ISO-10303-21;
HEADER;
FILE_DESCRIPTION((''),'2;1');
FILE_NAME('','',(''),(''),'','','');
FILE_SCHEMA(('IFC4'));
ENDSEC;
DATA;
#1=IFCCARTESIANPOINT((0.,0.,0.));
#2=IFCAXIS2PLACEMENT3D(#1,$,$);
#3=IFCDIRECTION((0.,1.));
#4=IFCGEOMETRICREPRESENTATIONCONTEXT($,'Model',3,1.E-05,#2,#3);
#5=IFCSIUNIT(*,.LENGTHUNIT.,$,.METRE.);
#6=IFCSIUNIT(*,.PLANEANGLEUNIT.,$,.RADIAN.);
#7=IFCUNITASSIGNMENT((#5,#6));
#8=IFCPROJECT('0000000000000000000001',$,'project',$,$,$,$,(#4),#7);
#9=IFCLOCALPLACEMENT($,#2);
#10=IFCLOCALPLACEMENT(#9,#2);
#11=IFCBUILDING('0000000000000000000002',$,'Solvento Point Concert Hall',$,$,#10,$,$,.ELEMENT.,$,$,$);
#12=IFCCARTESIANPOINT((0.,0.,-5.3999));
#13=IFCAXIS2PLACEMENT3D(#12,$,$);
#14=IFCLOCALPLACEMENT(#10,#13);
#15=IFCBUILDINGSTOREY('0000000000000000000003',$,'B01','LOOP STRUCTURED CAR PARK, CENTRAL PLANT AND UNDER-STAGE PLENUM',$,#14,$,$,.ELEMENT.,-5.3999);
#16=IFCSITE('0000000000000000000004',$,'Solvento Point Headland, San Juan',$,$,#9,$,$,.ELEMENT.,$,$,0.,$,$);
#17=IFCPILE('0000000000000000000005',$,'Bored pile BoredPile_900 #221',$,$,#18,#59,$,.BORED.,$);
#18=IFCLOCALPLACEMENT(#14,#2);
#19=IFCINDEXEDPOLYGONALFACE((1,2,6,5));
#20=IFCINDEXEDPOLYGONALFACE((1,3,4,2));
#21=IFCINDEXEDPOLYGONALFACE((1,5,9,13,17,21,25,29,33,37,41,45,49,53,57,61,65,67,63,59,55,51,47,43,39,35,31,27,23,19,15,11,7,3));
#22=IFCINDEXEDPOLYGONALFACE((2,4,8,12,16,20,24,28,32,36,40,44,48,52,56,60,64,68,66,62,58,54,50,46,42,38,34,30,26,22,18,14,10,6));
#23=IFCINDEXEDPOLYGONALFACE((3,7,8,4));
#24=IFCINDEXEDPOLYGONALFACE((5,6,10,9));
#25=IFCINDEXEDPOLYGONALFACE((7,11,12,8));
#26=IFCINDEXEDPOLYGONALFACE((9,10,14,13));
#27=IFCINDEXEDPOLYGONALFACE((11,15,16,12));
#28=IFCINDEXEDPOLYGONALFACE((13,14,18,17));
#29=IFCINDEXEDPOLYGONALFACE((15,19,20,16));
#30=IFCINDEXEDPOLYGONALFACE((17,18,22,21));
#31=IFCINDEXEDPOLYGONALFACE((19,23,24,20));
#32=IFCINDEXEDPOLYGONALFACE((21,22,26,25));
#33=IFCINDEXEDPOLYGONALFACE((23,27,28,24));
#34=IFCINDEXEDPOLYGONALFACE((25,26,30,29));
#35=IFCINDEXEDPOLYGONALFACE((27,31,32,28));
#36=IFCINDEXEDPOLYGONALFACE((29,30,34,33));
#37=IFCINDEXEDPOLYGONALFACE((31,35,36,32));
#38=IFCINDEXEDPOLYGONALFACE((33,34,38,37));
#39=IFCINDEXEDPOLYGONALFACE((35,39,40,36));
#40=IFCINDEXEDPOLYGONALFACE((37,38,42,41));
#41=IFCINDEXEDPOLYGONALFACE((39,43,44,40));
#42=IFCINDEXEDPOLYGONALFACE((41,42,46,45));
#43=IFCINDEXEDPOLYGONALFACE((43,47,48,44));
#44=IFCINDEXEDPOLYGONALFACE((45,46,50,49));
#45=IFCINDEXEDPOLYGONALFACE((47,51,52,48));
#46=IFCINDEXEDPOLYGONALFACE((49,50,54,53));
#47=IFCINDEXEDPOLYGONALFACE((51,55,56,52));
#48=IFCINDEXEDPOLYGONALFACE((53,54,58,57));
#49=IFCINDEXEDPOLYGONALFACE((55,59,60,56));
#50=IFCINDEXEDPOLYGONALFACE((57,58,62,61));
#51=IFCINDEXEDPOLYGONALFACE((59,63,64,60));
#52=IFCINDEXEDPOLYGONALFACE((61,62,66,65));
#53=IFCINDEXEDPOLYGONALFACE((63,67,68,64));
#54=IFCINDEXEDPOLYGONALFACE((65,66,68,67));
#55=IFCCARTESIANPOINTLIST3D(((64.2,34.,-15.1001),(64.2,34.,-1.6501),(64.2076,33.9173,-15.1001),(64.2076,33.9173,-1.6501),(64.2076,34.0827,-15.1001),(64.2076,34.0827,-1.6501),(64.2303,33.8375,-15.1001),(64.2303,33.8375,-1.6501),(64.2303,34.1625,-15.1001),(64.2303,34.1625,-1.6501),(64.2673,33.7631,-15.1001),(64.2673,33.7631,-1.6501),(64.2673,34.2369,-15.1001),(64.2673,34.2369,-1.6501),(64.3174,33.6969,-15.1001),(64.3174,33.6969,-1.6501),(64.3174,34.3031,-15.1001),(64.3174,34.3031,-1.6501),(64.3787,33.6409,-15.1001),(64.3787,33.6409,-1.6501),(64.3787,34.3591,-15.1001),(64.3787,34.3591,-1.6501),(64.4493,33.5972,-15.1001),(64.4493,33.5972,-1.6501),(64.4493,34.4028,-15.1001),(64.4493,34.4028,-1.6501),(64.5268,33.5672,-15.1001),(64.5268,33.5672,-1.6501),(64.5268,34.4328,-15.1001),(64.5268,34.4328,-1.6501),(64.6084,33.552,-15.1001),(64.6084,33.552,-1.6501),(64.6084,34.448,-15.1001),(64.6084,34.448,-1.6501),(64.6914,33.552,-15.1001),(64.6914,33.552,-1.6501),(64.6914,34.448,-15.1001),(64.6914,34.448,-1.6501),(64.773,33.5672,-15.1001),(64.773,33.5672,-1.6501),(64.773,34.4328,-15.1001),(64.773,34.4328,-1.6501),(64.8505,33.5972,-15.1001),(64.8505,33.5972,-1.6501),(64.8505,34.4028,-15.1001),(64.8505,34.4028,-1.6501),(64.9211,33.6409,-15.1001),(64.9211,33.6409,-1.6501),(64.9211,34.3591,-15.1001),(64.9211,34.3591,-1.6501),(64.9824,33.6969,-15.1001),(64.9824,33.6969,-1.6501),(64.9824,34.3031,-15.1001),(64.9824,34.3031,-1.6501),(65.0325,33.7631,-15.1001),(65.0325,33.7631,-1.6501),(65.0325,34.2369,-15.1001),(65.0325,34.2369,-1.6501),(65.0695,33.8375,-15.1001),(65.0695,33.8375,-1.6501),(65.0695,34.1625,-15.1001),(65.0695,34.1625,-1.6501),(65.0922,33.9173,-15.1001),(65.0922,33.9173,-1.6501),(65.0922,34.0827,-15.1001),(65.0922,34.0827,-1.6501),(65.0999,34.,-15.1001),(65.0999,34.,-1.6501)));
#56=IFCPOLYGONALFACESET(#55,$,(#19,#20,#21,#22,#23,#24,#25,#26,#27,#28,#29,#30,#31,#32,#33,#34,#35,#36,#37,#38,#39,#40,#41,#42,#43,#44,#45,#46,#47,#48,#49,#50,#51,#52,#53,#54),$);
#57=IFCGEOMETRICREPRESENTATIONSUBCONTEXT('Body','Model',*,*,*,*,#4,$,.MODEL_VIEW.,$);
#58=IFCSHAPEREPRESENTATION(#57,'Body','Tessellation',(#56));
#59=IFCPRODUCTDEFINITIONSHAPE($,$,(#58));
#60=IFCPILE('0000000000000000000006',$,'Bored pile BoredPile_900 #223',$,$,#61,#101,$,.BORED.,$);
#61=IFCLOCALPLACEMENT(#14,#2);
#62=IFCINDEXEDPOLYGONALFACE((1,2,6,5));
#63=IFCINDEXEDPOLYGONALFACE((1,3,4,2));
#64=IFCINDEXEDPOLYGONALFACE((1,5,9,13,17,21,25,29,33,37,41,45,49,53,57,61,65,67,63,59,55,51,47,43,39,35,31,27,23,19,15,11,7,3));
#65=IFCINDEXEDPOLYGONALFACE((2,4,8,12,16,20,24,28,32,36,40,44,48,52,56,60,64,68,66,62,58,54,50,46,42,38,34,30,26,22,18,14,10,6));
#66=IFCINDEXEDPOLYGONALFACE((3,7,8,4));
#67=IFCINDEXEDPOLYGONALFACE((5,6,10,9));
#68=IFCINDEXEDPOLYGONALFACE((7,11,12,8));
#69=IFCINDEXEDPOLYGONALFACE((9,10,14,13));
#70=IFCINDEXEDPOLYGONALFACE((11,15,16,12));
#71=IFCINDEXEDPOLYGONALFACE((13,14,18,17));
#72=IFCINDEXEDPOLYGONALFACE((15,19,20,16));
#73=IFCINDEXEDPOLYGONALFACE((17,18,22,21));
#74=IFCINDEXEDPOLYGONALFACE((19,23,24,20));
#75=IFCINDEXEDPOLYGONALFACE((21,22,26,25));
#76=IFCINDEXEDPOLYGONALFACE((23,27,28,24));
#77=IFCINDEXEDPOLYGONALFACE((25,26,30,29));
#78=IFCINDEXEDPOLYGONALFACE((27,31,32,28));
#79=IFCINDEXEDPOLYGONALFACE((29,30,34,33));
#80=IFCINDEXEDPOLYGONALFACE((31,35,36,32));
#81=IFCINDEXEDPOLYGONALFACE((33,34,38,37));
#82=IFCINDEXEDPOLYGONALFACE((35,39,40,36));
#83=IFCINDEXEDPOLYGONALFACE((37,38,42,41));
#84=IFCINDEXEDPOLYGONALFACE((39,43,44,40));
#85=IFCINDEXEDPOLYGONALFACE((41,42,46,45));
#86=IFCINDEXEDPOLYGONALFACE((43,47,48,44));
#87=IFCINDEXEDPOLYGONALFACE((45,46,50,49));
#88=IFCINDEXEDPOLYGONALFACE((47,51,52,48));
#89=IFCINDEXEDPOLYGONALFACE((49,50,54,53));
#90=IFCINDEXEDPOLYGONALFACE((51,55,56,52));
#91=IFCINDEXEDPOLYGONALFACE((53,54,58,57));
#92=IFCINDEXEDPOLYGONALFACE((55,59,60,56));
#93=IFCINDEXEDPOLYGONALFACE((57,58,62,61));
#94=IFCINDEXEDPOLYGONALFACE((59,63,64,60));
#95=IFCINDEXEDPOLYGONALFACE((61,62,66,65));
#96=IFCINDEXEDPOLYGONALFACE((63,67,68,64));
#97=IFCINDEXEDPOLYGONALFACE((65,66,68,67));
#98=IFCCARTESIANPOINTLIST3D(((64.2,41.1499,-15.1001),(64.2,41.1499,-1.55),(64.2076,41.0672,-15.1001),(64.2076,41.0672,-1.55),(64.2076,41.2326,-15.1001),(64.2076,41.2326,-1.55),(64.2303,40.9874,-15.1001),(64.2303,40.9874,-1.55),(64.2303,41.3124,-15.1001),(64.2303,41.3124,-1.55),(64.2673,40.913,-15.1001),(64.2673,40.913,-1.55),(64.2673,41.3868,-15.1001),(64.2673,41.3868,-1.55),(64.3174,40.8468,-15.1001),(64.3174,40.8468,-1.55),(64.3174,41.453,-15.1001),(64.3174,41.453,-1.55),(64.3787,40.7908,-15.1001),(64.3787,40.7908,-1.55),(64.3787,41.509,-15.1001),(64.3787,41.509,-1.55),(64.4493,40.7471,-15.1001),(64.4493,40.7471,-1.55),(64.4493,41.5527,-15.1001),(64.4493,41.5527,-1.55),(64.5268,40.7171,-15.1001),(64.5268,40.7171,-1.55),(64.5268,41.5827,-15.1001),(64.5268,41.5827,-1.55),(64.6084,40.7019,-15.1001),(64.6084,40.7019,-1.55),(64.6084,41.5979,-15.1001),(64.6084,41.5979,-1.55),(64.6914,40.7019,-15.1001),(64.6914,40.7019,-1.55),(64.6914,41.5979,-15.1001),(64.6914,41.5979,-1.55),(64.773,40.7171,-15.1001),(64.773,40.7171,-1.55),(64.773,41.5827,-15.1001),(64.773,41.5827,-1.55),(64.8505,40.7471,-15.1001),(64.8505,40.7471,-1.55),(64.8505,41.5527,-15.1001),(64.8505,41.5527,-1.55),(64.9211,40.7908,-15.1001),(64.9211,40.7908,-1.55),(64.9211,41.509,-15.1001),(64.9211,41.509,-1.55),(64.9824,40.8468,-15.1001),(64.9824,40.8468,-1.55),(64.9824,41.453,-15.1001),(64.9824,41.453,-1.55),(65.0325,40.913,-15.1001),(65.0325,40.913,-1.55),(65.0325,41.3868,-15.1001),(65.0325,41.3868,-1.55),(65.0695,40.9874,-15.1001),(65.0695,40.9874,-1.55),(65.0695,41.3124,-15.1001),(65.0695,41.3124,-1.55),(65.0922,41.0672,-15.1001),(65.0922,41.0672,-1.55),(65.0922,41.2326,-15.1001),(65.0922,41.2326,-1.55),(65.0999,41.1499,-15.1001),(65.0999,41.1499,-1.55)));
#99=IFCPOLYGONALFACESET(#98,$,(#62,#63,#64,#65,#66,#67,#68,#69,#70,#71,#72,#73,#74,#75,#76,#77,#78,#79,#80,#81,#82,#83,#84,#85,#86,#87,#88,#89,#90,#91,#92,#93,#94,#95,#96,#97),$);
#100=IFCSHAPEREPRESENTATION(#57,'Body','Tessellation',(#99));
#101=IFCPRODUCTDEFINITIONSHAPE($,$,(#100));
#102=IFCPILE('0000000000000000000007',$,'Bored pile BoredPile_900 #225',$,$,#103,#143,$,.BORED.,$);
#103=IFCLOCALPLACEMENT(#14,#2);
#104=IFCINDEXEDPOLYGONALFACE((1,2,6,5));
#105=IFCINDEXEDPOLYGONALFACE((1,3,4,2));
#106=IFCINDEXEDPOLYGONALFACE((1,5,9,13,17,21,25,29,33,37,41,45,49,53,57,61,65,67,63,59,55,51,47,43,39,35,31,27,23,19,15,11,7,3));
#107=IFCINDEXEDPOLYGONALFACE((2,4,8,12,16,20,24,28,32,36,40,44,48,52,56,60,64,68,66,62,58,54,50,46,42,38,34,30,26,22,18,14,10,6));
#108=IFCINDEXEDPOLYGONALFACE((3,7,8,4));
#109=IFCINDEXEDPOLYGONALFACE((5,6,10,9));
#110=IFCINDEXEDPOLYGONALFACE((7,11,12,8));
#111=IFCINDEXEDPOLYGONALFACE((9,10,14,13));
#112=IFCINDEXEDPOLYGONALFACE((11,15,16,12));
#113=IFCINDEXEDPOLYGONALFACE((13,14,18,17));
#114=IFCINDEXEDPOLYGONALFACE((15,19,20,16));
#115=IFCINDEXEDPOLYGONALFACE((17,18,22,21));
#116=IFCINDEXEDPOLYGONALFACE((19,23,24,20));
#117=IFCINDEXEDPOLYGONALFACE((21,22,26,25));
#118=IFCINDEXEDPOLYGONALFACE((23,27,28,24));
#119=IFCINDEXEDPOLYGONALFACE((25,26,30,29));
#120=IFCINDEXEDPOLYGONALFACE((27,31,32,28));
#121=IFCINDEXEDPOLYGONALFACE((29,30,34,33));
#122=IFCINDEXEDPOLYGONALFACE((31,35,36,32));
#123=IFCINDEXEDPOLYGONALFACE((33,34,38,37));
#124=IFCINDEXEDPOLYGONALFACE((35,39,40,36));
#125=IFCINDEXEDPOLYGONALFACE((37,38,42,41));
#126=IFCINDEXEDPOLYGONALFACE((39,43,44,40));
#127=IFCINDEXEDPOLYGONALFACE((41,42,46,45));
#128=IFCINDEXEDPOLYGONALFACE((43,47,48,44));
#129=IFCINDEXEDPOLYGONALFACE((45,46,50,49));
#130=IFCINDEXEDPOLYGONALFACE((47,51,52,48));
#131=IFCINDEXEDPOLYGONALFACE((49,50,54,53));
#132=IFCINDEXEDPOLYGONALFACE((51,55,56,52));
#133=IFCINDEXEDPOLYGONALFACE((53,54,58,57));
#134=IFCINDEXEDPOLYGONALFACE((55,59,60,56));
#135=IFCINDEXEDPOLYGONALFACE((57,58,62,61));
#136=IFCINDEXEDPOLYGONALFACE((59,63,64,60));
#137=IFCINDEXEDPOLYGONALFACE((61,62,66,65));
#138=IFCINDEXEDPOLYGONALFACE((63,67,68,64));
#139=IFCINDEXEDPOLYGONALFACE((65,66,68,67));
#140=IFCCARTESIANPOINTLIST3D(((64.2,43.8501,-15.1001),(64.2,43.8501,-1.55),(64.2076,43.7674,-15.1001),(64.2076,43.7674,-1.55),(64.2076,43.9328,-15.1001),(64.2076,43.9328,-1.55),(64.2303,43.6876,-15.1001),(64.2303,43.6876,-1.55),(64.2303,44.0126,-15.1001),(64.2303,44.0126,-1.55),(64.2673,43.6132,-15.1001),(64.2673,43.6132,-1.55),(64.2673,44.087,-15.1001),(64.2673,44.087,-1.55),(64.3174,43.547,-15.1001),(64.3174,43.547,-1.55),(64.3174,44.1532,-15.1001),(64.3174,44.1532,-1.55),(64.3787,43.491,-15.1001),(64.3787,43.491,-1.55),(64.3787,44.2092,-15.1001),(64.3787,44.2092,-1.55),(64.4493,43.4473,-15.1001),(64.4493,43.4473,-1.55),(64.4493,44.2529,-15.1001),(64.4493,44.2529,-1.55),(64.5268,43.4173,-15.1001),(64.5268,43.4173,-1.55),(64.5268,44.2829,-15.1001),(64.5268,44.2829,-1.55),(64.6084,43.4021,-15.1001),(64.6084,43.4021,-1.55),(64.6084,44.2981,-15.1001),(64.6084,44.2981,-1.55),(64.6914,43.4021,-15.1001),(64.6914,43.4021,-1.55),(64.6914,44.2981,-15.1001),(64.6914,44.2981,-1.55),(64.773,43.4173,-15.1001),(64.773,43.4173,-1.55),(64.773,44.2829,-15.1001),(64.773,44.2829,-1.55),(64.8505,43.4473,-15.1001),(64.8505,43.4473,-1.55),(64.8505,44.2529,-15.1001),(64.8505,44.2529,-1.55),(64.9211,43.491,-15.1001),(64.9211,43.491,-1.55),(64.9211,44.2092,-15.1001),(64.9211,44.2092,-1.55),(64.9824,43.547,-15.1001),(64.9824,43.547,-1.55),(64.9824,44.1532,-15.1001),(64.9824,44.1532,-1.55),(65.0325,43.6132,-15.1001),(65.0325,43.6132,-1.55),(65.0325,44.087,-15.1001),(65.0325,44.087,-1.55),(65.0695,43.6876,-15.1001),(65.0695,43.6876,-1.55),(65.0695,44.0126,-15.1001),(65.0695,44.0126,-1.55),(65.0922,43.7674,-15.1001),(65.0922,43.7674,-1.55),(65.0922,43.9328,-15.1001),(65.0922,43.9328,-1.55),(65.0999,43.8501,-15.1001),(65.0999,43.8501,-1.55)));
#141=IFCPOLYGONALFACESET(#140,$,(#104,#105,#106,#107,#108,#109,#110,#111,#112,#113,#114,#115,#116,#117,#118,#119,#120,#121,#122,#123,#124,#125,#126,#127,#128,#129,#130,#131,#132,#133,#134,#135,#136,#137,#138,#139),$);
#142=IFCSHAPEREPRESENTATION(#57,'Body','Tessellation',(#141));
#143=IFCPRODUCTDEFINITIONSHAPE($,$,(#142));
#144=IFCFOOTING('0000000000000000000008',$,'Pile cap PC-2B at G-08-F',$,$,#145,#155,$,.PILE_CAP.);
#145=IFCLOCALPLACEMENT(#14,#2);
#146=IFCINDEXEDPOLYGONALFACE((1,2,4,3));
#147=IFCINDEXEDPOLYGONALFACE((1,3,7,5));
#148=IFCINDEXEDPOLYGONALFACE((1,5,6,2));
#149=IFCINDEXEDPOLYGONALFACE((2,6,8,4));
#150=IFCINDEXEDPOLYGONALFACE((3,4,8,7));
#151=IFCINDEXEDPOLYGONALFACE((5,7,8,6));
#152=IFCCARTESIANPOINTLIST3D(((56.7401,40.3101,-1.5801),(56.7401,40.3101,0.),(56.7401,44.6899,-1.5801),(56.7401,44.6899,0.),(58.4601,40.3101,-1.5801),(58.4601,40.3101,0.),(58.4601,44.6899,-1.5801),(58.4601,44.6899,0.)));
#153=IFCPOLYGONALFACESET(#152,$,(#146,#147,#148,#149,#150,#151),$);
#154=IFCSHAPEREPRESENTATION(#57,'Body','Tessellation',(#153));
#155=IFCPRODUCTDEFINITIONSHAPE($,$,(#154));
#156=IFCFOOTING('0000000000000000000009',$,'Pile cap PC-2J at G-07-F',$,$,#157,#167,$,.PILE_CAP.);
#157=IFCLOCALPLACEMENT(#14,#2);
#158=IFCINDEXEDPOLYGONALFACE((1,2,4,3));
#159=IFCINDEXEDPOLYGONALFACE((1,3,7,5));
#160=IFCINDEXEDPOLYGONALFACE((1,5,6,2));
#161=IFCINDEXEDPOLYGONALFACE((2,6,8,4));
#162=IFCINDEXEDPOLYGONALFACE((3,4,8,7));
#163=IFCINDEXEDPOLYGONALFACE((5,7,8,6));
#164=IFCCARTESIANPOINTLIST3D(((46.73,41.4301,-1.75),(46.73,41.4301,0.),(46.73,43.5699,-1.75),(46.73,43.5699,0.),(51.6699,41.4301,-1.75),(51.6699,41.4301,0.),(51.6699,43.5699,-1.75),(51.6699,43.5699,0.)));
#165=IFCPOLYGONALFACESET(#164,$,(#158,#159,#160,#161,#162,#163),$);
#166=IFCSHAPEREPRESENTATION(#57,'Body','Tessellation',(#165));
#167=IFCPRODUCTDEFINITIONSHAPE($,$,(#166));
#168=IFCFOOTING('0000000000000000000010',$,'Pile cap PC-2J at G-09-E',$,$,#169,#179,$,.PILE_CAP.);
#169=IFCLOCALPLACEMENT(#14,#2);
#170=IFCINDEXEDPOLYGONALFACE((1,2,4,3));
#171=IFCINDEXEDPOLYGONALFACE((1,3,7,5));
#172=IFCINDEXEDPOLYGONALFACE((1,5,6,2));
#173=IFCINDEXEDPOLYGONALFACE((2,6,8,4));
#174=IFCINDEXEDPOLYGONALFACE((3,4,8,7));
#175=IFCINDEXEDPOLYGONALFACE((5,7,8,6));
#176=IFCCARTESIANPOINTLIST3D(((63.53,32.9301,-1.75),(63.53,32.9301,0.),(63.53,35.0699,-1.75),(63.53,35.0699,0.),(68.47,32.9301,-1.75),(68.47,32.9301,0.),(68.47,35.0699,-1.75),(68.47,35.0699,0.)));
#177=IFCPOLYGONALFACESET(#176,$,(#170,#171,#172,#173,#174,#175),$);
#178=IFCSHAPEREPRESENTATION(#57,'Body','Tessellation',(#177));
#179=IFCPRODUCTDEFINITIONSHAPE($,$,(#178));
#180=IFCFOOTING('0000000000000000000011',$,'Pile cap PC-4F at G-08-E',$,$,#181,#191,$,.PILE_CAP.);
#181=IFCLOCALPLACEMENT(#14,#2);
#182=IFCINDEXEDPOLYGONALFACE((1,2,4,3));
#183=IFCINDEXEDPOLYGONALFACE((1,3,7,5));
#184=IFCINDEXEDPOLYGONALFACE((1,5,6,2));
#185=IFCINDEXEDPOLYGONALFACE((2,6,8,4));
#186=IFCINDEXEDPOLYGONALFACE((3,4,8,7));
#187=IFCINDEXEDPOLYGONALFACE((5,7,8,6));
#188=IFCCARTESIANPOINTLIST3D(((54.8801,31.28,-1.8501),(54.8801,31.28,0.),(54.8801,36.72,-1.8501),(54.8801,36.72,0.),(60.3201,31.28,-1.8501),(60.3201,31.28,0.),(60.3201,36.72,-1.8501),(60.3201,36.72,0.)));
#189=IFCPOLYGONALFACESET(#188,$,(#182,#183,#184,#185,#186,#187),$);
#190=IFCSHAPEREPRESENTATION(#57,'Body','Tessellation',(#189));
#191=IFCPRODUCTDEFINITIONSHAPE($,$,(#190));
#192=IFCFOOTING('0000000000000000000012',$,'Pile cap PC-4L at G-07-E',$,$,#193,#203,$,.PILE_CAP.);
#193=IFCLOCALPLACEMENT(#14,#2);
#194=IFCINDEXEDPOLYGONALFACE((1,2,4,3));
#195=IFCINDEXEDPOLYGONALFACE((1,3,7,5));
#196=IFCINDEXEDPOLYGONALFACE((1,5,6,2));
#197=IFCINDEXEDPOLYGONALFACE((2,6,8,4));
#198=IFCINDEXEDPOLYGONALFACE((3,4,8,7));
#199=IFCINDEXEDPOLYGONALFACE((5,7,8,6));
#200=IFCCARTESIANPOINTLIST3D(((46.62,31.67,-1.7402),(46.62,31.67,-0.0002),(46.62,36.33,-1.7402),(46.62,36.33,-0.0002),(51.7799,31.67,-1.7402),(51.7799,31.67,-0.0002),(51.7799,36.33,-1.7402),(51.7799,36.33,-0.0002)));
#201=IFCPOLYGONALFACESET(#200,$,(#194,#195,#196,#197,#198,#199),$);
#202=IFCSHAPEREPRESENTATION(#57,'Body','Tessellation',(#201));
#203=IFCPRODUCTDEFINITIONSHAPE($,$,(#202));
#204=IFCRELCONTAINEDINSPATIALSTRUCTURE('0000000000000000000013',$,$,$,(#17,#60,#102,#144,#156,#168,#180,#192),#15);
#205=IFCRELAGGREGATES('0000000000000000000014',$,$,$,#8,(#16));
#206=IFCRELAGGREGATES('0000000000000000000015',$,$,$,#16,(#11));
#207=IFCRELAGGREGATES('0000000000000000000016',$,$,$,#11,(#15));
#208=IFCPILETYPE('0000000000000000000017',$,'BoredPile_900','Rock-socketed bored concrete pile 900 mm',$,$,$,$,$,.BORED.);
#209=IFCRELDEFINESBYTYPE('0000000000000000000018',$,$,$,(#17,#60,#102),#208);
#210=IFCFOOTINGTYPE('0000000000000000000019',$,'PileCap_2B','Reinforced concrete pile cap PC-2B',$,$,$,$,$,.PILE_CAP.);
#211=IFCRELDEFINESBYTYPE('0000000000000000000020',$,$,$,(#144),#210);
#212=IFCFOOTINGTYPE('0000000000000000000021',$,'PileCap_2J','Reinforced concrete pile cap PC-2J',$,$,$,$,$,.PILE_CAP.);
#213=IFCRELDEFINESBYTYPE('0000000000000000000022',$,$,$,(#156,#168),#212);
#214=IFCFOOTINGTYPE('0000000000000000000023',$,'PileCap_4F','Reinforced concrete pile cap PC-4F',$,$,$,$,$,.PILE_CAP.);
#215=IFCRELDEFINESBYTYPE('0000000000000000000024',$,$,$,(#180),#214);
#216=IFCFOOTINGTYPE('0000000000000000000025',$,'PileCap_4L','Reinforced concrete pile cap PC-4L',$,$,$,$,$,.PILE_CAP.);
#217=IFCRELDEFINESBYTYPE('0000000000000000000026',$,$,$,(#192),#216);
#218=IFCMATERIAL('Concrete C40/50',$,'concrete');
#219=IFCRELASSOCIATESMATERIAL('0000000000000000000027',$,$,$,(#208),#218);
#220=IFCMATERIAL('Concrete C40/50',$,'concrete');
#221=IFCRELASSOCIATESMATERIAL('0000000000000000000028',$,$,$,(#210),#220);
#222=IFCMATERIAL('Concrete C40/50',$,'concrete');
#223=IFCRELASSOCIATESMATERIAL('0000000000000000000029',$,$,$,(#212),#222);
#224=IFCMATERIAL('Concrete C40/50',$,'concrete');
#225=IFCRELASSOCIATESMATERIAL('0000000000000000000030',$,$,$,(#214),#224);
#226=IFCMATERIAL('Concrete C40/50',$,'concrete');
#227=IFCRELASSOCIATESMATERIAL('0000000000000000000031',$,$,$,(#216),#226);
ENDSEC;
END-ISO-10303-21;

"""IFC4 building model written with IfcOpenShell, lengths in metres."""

from ifc_helpers import new_model, si_unit, direction, frame, origin, origin_2d, place, context, subcontext, project, spatial, rectangle, circle, extrude, material, material_profile, profile_set, type_object, element, save


model = new_model("IFC4")

# Units and contexts
model_context = context("Model", 3, precision=1e-05, world=origin(), true_north=direction((0.0, 1.0)))
body_context = subcontext(model_context, "Body", "Model", "MODEL_VIEW")
ifc_project = project(units=[si_unit("LENGTHUNIT", "METRE"), si_unit("PLANEANGLEUNIT", "RADIAN")], contexts=[model_context])

# Site, building, storey
site_placement = place(None, origin())
site = spatial("IfcSite", under=ifc_project, at=site_placement, Name="Solvento Point Headland, San Juan", CompositionType="ELEMENT", RefElevation=0.0)
building_placement = place(site_placement, origin())
building = spatial("IfcBuilding", under=site, at=building_placement, Name="Solvento Point Concert Hall", CompositionType="ELEMENT")
storey_placement = place(building_placement, frame((0.0, 0.0, -5.3999)))
storey = spatial("IfcBuildingStorey", under=building, at=storey_placement, Name="B01", Description="LOOP STRUCTURED CAR PARK, CENTRAL PLANT AND UNDER-STAGE PLENUM", CompositionType="ELEMENT", Elevation=-5.3999)

# Piles
ifc_material_1 = material(Name="Concrete C40/50", Category="concrete")
ifc_material_profile_1 = material_profile(ifc_material_1, circle(Radius=0.45, at=origin_2d()), Name="BP-900")
ifc_profile_set_1 = profile_set([ifc_material_profile_1], Name="Concrete C40/50")
pile_type_1 = type_object("IfcPileType", Name="BoredPile_900", Description="Rock-socketed bored concrete pile 900 mm", PredefinedType="BORED", material=ifc_profile_set_1)
pile_placement = place(storey_placement, frame((64.6499, 34.0, -1.6501), z_axis=(0.0, 0.0, -1.0), x_axis=(1.0, 0.0, 0.0)))
element("IfcPile", 1, at=pile_placement, inside=storey, type_object=pile_type_1, Name="Bored pile BoredPile_900 #221", PredefinedType="BORED", context=body_context, shape_type="SweptSolid", body=[
    extrude(circle(Radius=0.45, at=origin_2d()), origin(), (0.0, 0.0, 1.0), 13.45),
])
for number, where, z_axis, x_axis, name in (
    (2, (64.6499, 41.1499, -1.55), (0.0, 0.0, -1.0), (1.0, 0.0, 0.0), "Bored pile BoredPile_900 #223"),
    (3, (64.6499, 43.8501, -1.55), (0.0, 0.0, -1.0), (1.0, 0.0, 0.0), "Bored pile BoredPile_900 #225"),
):
    element("IfcPile", number, at=place(storey_placement, frame(where, z_axis=z_axis, x_axis=x_axis)), inside=storey, type_object=pile_type_1, Name=name, PredefinedType="BORED", context=body_context, shape_type="SweptSolid", body=[
        extrude(circle(Radius=0.45, at=origin_2d()), origin(), (0.0, 0.0, 1.0), 13.55),
    ])

# Footings
ifc_material_2 = material(Name="Concrete C40/50", Category="concrete")
footing_type_1 = type_object("IfcFootingType", Name="PileCap_2B", Description="Reinforced concrete pile cap PC-2B", PredefinedType="PILE_CAP", material=ifc_material_2)
footing_1_placement = place(storey_placement, frame((57.6001, 42.5, -1.5801), z_axis=(0.0, 0.0, 1.0), x_axis=(1.0, 0.0, 0.0)))
element("IfcFooting", 4, at=footing_1_placement, inside=storey, type_object=footing_type_1, Name="Pile cap PC-2B at G-08-F", PredefinedType="PILE_CAP", context=body_context, shape_type="SweptSolid", body=[
    extrude(rectangle(XDim=1.72, YDim=4.3799, at=origin_2d()), origin(), (0.0, 0.0, 1.0), 1.5801),
])
ifc_material_3 = material(Name="Concrete C40/50", Category="concrete")
footing_type_2 = type_object("IfcFootingType", Name="PileCap_2J", Description="Reinforced concrete pile cap PC-2J", PredefinedType="PILE_CAP", material=ifc_material_3)
for number, where, z_axis, x_axis, name in (
    (5, (49.2, 42.5, -1.75), (0.0, 0.0, 1.0), (1.0, 0.0, 0.0), "Pile cap PC-2J at G-07-F"),
    (6, (66.0, 34.0, -1.75), (0.0, 0.0, 1.0), (1.0, 0.0, 0.0), "Pile cap PC-2J at G-09-E"),
):
    element("IfcFooting", number, at=place(storey_placement, frame(where, z_axis=z_axis, x_axis=x_axis)), inside=storey, type_object=footing_type_2, Name=name, PredefinedType="PILE_CAP", context=body_context, shape_type="SweptSolid", body=[
        extrude(rectangle(XDim=4.9399, YDim=2.1399, at=origin_2d()), origin(), (0.0, 0.0, 1.0), 1.75),
    ])
ifc_material_4 = material(Name="Concrete C40/50", Category="concrete")
footing_type_3 = type_object("IfcFootingType", Name="PileCap_4F", Description="Reinforced concrete pile cap PC-4F", PredefinedType="PILE_CAP", material=ifc_material_4)
footing_2_placement = place(storey_placement, frame((57.6001, 34.0, -1.8501), z_axis=(0.0, 0.0, 1.0), x_axis=(1.0, 0.0, 0.0)))
element("IfcFooting", 7, at=footing_2_placement, inside=storey, type_object=footing_type_3, Name="Pile cap PC-4F at G-08-E", PredefinedType="PILE_CAP", context=body_context, shape_type="SweptSolid", body=[
    extrude(rectangle(XDim=5.4399, YDim=5.4399, at=origin_2d()), origin(), (0.0, 0.0, 1.0), 1.8501),
])
ifc_material_5 = material(Name="Concrete C40/50", Category="concrete")
footing_type_4 = type_object("IfcFootingType", Name="PileCap_4L", Description="Reinforced concrete pile cap PC-4L", PredefinedType="PILE_CAP", material=ifc_material_5)
footing_3_placement = place(storey_placement, frame((49.2, 34.0, -1.7402), z_axis=(0.0, 0.0, 1.0), x_axis=(1.0, 0.0, 0.0)))
element("IfcFooting", 8, at=footing_3_placement, inside=storey, type_object=footing_type_4, Name="Pile cap PC-4L at G-07-E", PredefinedType="PILE_CAP", context=body_context, shape_type="SweptSolid", body=[
    extrude(rectangle(XDim=5.1599, YDim=4.6599, at=origin_2d()), origin(), (0.0, 0.0, 1.0), 1.74),
])

save(model, "model.ifc")
